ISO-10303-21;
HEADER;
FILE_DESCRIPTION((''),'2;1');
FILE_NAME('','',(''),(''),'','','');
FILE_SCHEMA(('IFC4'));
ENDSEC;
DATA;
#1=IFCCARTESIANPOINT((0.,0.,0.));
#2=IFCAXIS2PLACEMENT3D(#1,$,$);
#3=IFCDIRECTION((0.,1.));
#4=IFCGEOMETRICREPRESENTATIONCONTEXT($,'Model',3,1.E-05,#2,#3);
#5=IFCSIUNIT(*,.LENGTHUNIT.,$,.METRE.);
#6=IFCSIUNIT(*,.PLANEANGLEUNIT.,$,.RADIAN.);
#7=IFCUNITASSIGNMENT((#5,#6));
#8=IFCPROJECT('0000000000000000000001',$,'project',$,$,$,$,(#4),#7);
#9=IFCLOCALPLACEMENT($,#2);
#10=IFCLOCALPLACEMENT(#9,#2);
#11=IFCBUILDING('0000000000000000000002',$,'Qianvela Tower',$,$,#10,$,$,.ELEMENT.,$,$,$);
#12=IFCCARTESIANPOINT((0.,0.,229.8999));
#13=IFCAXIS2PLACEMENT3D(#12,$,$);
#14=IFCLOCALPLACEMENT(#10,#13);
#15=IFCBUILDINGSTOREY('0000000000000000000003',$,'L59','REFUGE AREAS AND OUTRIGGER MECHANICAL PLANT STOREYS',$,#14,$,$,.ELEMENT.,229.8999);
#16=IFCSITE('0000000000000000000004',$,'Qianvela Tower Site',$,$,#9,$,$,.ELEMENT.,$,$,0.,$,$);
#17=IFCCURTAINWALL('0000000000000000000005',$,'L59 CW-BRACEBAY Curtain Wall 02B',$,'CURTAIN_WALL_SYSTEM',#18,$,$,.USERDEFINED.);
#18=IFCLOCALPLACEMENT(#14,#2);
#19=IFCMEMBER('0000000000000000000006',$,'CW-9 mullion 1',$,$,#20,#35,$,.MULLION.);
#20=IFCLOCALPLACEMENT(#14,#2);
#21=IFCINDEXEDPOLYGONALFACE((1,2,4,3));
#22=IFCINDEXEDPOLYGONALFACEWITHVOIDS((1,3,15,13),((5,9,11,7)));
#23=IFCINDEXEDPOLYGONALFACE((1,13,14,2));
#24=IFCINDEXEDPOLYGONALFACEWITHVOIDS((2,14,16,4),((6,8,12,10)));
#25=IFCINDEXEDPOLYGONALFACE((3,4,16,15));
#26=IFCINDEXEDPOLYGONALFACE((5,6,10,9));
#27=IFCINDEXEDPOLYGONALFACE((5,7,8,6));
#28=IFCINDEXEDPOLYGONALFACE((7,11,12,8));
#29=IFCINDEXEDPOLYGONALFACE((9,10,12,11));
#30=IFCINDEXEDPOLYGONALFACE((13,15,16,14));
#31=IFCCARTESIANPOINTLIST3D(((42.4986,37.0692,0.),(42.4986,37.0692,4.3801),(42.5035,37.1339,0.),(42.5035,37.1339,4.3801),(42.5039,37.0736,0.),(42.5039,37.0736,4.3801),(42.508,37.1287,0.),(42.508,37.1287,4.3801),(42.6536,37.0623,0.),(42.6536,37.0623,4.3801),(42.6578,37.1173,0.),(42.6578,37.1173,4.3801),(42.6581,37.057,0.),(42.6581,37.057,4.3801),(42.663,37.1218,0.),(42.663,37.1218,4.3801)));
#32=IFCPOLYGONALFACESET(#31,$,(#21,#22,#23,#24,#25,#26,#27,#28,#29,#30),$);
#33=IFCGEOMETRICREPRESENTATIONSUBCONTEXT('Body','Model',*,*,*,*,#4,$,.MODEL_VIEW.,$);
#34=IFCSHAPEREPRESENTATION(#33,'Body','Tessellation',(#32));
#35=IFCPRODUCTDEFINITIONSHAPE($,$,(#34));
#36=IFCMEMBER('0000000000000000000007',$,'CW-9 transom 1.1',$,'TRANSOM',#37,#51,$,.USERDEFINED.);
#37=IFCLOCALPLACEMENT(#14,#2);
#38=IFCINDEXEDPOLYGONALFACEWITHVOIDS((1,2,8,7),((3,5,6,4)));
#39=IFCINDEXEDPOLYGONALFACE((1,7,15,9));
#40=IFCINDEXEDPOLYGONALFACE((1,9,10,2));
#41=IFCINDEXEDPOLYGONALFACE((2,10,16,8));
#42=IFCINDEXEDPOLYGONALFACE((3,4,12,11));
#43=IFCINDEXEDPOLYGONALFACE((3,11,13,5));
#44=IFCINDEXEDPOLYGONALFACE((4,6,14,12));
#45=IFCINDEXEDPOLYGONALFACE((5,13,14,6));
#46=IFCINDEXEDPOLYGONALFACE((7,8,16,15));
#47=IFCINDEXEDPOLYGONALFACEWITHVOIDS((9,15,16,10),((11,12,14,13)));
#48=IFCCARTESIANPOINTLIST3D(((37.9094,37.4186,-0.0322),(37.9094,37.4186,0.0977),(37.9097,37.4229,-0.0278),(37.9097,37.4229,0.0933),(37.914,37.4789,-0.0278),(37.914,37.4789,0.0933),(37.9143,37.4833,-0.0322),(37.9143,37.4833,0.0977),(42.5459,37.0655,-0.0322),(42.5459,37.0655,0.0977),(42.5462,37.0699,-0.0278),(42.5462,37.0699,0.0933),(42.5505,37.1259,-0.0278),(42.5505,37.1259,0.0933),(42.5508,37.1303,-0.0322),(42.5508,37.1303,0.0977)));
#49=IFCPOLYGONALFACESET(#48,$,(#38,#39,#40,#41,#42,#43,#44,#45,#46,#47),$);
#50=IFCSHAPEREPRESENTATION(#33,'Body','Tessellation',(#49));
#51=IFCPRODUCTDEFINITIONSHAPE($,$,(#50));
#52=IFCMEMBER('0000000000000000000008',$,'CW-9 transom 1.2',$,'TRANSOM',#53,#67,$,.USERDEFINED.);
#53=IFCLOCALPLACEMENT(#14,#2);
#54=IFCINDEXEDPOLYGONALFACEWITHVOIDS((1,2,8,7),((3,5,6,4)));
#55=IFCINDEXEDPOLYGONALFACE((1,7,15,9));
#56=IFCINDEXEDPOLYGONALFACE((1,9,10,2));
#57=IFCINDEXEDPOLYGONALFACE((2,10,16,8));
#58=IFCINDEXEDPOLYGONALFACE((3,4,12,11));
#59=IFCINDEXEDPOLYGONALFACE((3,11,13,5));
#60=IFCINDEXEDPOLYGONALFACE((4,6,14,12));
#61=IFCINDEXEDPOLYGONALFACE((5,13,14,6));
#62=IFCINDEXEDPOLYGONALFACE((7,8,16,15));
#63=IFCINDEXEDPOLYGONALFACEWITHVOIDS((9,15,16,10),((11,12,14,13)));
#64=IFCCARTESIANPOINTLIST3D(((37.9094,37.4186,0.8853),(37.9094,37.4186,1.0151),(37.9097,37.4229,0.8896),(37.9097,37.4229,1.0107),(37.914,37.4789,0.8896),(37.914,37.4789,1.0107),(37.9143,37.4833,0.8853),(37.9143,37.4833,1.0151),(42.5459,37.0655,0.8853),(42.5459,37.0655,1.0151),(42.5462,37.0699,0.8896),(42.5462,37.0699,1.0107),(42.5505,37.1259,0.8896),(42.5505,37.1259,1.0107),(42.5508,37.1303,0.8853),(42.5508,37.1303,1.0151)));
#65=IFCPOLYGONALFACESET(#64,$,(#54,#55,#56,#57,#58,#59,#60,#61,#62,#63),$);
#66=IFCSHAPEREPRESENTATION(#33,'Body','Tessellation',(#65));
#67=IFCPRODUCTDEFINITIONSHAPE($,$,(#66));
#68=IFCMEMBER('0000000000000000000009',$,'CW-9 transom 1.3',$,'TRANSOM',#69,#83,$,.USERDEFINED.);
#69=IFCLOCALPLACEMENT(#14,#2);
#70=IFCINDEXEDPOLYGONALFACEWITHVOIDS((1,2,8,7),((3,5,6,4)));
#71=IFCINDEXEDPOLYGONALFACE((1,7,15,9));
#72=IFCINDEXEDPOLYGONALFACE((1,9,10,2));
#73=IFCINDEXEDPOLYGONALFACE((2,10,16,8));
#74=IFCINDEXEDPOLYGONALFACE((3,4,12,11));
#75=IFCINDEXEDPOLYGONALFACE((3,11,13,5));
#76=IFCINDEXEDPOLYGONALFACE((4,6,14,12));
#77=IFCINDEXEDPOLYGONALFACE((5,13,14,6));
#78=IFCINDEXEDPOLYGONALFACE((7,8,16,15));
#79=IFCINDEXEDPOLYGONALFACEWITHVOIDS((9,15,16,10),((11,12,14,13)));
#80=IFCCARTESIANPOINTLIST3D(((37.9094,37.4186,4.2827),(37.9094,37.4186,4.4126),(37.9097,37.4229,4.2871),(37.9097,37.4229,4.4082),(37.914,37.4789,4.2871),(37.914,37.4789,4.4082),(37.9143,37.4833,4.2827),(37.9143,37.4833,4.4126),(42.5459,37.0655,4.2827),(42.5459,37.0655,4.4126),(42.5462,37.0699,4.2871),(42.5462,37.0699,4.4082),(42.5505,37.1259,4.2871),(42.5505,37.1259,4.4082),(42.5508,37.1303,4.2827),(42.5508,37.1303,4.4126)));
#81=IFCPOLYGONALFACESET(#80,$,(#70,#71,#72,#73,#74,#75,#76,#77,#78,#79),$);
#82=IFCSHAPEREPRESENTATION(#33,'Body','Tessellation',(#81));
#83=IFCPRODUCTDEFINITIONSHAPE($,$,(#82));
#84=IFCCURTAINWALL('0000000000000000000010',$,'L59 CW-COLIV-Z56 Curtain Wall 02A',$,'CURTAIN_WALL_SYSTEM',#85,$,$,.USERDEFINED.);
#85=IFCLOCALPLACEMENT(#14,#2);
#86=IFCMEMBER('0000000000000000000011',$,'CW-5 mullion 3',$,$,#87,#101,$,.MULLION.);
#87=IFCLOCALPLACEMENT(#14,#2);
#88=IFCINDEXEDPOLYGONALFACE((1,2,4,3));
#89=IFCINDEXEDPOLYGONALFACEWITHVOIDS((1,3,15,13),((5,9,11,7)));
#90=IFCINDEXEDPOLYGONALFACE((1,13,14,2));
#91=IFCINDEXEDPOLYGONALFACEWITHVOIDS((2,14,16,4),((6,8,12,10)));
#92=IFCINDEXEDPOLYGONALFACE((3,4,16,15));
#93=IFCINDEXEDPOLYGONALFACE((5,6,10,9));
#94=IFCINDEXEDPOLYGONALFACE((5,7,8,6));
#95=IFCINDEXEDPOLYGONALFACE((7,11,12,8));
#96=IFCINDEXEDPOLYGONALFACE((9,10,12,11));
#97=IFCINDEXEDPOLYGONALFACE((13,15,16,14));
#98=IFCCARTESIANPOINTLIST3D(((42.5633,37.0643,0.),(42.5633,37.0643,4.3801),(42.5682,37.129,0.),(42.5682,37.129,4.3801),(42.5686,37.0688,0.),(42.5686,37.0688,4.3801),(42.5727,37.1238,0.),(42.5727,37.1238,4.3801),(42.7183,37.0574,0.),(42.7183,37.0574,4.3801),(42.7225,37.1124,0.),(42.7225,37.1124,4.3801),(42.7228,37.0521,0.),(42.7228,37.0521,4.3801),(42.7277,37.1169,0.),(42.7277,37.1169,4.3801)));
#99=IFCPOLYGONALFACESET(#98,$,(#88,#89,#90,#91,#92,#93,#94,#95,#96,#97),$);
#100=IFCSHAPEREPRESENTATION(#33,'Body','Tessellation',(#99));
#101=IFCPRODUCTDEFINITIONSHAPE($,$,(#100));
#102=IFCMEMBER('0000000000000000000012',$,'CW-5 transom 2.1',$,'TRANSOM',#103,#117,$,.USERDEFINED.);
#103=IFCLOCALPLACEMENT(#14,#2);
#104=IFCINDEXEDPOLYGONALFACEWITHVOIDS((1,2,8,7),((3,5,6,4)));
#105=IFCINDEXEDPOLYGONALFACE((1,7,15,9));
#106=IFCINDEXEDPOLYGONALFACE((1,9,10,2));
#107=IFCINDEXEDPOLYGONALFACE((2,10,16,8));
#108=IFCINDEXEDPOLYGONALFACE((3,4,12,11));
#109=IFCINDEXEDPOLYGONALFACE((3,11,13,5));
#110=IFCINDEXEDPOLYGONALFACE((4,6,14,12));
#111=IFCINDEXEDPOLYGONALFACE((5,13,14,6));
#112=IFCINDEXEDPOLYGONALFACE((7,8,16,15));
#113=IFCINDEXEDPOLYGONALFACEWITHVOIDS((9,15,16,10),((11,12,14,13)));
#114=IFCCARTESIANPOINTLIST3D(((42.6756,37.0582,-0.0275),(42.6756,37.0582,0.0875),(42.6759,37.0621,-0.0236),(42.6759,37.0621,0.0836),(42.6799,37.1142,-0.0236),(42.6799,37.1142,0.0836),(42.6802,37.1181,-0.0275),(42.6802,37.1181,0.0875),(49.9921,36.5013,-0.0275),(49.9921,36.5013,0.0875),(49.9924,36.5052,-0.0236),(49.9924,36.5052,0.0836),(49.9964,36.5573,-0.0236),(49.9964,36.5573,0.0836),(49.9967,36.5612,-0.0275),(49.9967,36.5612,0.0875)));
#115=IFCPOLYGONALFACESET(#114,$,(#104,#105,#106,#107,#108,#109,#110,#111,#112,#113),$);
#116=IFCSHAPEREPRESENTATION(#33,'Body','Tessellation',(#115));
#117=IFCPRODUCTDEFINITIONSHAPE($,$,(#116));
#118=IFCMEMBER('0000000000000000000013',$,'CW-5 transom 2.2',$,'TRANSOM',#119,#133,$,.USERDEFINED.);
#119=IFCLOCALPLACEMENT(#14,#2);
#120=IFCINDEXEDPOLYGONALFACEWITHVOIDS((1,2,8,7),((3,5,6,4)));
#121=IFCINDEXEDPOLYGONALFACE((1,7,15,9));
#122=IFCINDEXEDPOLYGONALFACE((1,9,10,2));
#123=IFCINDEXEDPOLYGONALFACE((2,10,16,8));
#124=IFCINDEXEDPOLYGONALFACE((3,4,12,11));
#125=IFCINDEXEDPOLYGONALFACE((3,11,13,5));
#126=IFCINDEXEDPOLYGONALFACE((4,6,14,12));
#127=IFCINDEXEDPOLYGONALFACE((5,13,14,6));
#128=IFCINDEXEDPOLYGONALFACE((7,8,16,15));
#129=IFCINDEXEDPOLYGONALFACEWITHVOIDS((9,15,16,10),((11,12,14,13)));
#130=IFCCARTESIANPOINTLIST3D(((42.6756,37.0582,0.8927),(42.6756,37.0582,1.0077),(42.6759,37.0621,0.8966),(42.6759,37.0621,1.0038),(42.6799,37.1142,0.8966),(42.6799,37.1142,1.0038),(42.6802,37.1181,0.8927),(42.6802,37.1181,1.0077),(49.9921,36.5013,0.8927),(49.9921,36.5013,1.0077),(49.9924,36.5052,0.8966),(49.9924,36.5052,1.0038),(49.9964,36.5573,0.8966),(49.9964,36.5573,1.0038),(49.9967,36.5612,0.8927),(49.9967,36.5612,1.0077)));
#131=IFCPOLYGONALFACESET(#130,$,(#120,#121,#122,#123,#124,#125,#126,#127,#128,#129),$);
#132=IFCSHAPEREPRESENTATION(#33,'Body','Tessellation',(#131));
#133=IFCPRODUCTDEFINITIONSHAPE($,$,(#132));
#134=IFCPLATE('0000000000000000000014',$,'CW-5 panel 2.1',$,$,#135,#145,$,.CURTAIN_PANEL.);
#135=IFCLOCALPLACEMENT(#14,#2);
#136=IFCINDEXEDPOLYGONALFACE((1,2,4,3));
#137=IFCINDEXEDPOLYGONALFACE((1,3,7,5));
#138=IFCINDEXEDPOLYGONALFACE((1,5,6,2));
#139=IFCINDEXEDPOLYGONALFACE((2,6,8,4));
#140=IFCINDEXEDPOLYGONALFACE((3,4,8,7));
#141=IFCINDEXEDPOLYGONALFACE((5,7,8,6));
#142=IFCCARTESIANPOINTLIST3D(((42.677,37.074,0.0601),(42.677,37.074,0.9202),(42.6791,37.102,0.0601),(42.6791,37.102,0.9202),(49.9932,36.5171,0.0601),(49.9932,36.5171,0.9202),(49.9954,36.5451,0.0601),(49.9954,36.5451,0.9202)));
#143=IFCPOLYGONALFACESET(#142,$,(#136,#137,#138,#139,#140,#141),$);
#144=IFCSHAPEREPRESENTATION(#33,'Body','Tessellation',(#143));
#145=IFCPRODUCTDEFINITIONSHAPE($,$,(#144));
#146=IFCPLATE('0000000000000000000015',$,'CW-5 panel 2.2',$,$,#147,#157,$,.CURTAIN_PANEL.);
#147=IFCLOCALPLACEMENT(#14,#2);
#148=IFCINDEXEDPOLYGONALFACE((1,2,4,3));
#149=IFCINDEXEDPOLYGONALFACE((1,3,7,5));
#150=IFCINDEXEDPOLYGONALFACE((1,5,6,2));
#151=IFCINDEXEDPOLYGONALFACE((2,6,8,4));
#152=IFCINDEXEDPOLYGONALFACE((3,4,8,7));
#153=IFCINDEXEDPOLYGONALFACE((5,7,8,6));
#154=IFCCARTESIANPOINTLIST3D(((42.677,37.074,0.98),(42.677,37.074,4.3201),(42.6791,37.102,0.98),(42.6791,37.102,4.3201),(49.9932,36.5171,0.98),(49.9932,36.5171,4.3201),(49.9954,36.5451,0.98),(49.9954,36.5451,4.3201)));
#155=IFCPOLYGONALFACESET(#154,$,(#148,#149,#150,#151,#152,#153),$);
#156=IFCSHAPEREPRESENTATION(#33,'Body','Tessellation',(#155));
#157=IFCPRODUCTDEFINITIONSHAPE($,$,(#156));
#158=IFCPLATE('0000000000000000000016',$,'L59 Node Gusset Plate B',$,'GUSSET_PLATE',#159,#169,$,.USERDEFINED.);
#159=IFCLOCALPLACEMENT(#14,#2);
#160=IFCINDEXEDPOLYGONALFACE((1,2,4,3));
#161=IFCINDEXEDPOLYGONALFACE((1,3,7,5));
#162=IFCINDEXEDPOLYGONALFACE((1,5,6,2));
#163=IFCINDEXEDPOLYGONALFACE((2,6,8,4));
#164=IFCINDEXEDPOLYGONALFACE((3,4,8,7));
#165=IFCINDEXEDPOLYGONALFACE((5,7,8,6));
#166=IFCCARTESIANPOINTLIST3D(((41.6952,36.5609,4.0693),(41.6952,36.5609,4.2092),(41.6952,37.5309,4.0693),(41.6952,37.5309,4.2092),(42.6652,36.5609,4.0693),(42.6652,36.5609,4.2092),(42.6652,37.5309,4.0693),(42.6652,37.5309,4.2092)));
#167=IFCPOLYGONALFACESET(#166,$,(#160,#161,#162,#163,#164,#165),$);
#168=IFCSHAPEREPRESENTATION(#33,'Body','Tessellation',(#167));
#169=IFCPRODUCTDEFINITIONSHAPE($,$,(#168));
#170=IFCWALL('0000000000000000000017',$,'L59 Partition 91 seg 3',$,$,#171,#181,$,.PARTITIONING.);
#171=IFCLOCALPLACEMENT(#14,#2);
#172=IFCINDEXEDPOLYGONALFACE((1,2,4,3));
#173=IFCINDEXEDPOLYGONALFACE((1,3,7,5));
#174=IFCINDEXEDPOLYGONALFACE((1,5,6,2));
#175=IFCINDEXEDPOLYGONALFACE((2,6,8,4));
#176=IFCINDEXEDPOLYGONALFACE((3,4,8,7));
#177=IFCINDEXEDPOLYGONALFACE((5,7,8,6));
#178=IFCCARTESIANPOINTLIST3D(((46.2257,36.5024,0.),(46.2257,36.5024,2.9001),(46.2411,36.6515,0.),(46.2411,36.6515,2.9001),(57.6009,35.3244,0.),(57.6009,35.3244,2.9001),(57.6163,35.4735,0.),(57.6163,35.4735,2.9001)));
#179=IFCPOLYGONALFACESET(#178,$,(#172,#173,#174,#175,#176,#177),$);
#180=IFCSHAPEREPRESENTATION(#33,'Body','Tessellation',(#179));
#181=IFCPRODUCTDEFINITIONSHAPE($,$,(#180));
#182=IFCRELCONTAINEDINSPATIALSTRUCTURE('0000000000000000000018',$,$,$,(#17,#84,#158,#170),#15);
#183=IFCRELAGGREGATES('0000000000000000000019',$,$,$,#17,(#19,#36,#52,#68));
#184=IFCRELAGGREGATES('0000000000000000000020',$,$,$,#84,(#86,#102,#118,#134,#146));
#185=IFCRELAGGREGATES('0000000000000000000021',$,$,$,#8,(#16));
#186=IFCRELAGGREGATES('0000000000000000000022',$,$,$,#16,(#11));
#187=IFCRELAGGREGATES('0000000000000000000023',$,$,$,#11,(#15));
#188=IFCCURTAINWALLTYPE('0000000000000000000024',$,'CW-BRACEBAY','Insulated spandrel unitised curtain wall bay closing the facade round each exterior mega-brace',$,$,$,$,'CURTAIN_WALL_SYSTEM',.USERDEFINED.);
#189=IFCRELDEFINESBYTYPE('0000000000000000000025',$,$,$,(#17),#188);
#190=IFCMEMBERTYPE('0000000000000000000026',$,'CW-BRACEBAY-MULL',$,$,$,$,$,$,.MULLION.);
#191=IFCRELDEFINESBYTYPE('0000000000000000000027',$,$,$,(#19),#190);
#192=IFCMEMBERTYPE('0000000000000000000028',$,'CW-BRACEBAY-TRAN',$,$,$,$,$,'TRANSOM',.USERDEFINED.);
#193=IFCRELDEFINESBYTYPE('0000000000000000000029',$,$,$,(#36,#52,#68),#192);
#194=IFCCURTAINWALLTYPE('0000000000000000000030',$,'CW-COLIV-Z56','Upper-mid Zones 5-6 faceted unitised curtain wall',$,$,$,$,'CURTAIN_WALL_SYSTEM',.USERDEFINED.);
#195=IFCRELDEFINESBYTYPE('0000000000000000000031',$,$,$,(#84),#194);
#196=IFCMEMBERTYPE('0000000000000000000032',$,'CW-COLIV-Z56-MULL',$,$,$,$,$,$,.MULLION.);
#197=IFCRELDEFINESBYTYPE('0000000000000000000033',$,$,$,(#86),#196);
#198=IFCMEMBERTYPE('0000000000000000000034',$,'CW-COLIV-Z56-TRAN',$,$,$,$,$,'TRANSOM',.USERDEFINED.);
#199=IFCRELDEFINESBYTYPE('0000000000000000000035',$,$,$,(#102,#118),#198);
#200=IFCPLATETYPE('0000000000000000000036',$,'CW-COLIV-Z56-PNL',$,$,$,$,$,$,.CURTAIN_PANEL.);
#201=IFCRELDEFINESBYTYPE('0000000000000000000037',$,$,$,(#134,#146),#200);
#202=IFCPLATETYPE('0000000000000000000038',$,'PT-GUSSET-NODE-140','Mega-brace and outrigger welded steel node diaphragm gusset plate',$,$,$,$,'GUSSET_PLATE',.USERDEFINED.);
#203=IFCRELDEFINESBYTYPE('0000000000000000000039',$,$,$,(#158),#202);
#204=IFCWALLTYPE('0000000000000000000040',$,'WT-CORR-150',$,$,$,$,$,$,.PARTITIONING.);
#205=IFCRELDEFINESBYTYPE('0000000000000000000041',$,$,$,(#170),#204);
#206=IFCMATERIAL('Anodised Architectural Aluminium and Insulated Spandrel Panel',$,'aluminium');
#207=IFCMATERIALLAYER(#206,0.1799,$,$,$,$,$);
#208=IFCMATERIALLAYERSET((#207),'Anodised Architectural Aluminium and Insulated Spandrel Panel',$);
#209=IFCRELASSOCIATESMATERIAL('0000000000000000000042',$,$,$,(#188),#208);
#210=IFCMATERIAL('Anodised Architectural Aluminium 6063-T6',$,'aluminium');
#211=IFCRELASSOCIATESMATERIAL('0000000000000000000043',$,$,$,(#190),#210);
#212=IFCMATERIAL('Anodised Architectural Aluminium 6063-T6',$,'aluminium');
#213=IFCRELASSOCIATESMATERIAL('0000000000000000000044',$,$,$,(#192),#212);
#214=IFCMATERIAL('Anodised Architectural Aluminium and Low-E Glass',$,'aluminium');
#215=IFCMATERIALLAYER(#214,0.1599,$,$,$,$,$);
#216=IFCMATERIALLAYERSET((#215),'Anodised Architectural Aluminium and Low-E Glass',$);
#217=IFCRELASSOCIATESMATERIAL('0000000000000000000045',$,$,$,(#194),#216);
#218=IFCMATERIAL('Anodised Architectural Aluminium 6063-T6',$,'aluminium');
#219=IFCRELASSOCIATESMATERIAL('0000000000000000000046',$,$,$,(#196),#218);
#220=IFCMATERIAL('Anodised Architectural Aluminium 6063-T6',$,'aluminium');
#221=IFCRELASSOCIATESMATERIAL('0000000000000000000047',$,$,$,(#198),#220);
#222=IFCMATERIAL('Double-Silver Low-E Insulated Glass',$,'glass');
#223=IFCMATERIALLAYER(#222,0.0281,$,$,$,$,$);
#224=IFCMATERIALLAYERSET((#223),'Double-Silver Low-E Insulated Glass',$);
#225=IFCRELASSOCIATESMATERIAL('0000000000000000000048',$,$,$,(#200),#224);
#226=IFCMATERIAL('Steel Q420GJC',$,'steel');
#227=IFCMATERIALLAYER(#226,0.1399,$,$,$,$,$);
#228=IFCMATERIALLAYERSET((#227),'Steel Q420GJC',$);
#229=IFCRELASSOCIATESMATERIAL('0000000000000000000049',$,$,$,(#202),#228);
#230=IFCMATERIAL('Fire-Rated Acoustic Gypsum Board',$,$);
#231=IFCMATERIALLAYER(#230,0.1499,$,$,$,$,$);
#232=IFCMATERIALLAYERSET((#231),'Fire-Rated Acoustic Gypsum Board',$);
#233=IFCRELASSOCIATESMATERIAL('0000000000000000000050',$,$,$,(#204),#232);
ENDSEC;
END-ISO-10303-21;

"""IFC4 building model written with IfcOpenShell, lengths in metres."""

from ifc_helpers import new_model, si_unit, direction, frame, frame_2d, origin, origin_2d, place, context, subcontext, project, spatial, rectangle, hollow_rectangle, extrude, material, layer, layer_set, material_profile, profile_set, type_object, element, aggregate, save


model = new_model("IFC4")

# Units and contexts
model_context = context("Model", 3, precision=1e-05, world=origin(), true_north=direction((0.0, 1.0)))
body_context = subcontext(model_context, "Body", "Model", "MODEL_VIEW")
ifc_project = project(units=[si_unit("LENGTHUNIT", "METRE"), si_unit("PLANEANGLEUNIT", "RADIAN")], contexts=[model_context])

# Site, building, storey
site_placement = place(None, origin())
site = spatial("IfcSite", under=ifc_project, at=site_placement, Name="Qianvela Tower Site", CompositionType="ELEMENT", RefElevation=0.0)
building_placement = place(site_placement, origin())
building = spatial("IfcBuilding", under=site, at=building_placement, Name="Qianvela Tower", CompositionType="ELEMENT")
storey_placement = place(building_placement, frame((0.0, 0.0, 229.8999)))
storey = spatial("IfcBuildingStorey", under=building, at=storey_placement, Name="L59", Description="REFUGE AREAS AND OUTRIGGER MECHANICAL PLANT STOREYS", CompositionType="ELEMENT", Elevation=229.8999)

# Curtain wall, members
ifc_material_1 = material(Name="Anodised Architectural Aluminium and Insulated Spandrel Panel", Category="aluminium")
ifc_layer_1 = layer(ifc_material_1, 0.1799)
ifc_layer_set_1 = layer_set([ifc_layer_1], Name="Anodised Architectural Aluminium and Insulated Spandrel Panel")
curtain_wall_type_1 = type_object("IfcCurtainWallType", Name="CW-BRACEBAY", Description="Insulated spandrel unitised curtain wall bay closing the facade round each exterior mega-brace", ElementType="CURTAIN_WALL_SYSTEM", PredefinedType="USERDEFINED", material=ifc_layer_set_1)
curtain_wall_1_placement = place(storey_placement, origin())
curtain_wall_1 = element("IfcCurtainWall", 1, at=curtain_wall_1_placement, inside=storey, type_object=curtain_wall_type_1, Name="L59 CW-BRACEBAY Curtain Wall 02B", ObjectType="CURTAIN_WALL_SYSTEM", PredefinedType="USERDEFINED")
ifc_material_2 = material(Name="Anodised Architectural Aluminium 6063-T6", Category="aluminium")
ifc_material_profile_1 = material_profile(ifc_material_2, hollow_rectangle(XDim=0.0649, YDim=0.1599, WallThickness=0.0049, at=origin_2d()), Name="ALU-MULL-65x160")
ifc_profile_set_1 = profile_set([ifc_material_profile_1], Name="Anodised Architectural Aluminium 6063-T6")
member_type_1 = type_object("IfcMemberType", Name="CW-BRACEBAY-MULL", PredefinedType="MULLION", material=ifc_profile_set_1)
member_1_placement = place(storey_placement, frame((42.5808, 37.0955, 0.0), z_axis=(0.0, 0.0, 1.0), x_axis=(-0.0759, -0.997115, 0.0)))
member_1 = element("IfcMember", 2, at=member_1_placement, type_object=member_type_1, Name="CW-9 mullion 1", PredefinedType="MULLION", context=body_context, shape_type="SweptSolid", body=[
    extrude(hollow_rectangle(XDim=0.0649, YDim=0.1599, WallThickness=0.0049, at=origin_2d()), origin(), (0.0, 0.0, 1.0), 4.3801),
])
ifc_material_3 = material(Name="Anodised Architectural Aluminium 6063-T6", Category="aluminium")
ifc_material_profile_2 = material_profile(ifc_material_3, hollow_rectangle(XDim=0.0649, YDim=0.1299, WallThickness=0.0044, at=origin_2d()), Name="ALU-TRAN-65x130")
ifc_profile_set_2 = profile_set([ifc_material_profile_2], Name="Anodised Architectural Aluminium 6063-T6")
member_type_2 = type_object("IfcMemberType", Name="CW-BRACEBAY-TRAN", ElementType="TRANSOM", PredefinedType="USERDEFINED", material=ifc_profile_set_2)
member_2_placement = place(storey_placement, frame((42.5483, 37.0979, 0.0327), z_axis=(-0.997114, 0.075922, 0.0), x_axis=(-0.075922, -0.997114, 0.0)))
member_2 = element("IfcMember", 3, at=member_2_placement, type_object=member_type_2, Name="CW-9 transom 1.1", ObjectType="TRANSOM", PredefinedType="USERDEFINED", context=body_context, shape_type="SweptSolid", body=[
    extrude(hollow_rectangle(XDim=0.0649, YDim=0.1299, WallThickness=0.0044, at=origin_2d()), origin(), (0.0, 0.0, 1.0), 4.6499),
])
member_3_placement = place(storey_placement, frame((42.5483, 37.0979, 0.9502), z_axis=(-0.997114, 0.075922, 0.0), x_axis=(-0.075922, -0.997114, 0.0)))
member_3 = element("IfcMember", 4, at=member_3_placement, type_object=member_type_2, Name="CW-9 transom 1.2", ObjectType="TRANSOM", PredefinedType="USERDEFINED", context=body_context, shape_type="SweptSolid", body=[
    extrude(hollow_rectangle(XDim=0.0649, YDim=0.1299, WallThickness=0.0044, at=origin_2d()), origin(), (0.0, 0.0, 1.0), 4.6499),
])
member_4_placement = place(storey_placement, frame((42.5483, 37.0979, 4.3477), z_axis=(-0.997114, 0.075922, 0.0), x_axis=(-0.075922, -0.997114, 0.0)))
member_4 = element("IfcMember", 5, at=member_4_placement, type_object=member_type_2, Name="CW-9 transom 1.3", ObjectType="TRANSOM", PredefinedType="USERDEFINED", context=body_context, shape_type="SweptSolid", body=[
    extrude(hollow_rectangle(XDim=0.0649, YDim=0.1299, WallThickness=0.0044, at=origin_2d()), origin(), (0.0, 0.0, 1.0), 4.6499),
])
aggregate(curtain_wall_1, [member_1, member_2, member_3, member_4])

# Curtain wall, members, plates
ifc_material_4 = material(Name="Anodised Architectural Aluminium and Low-E Glass", Category="aluminium")
ifc_layer_2 = layer(ifc_material_4, 0.1599)
ifc_layer_set_2 = layer_set([ifc_layer_2], Name="Anodised Architectural Aluminium and Low-E Glass")
curtain_wall_type_2 = type_object("IfcCurtainWallType", Name="CW-COLIV-Z56", Description="Upper-mid Zones 5-6 faceted unitised curtain wall", ElementType="CURTAIN_WALL_SYSTEM", PredefinedType="USERDEFINED", material=ifc_layer_set_2)
curtain_wall_2_placement = place(storey_placement, origin())
curtain_wall_2 = element("IfcCurtainWall", 6, at=curtain_wall_2_placement, inside=storey, type_object=curtain_wall_type_2, Name="L59 CW-COLIV-Z56 Curtain Wall 02A", ObjectType="CURTAIN_WALL_SYSTEM", PredefinedType="USERDEFINED")
ifc_material_5 = material(Name="Anodised Architectural Aluminium 6063-T6", Category="aluminium")
ifc_material_profile_3 = material_profile(ifc_material_5, hollow_rectangle(XDim=0.0649, YDim=0.1599, WallThickness=0.0049, at=origin_2d()), Name="ALU-MULL-65x160")
ifc_profile_set_3 = profile_set([ifc_material_profile_3], Name="Anodised Architectural Aluminium 6063-T6")
member_type_3 = type_object("IfcMemberType", Name="CW-COLIV-Z56-MULL", PredefinedType="MULLION", material=ifc_profile_set_3)
member_5_placement = place(storey_placement, frame((42.6455, 37.0906, 0.0), z_axis=(0.0, 0.0, 1.0), x_axis=(-0.075898, -0.997116, 0.0)))
member_5 = element("IfcMember", 7, at=member_5_placement, type_object=member_type_3, Name="CW-5 mullion 3", PredefinedType="MULLION", context=body_context, shape_type="SweptSolid", body=[
    extrude(hollow_rectangle(XDim=0.0649, YDim=0.1599, WallThickness=0.0049, at=origin_2d()), origin(), (0.0, 0.0, 1.0), 4.3801),
])
ifc_material_6 = material(Name="Anodised Architectural Aluminium 6063-T6", Category="aluminium")
ifc_material_profile_4 = material_profile(ifc_material_6, hollow_rectangle(XDim=0.0601, YDim=0.115, WallThickness=0.0039, at=origin_2d()), Name="ALU-TRAN-60x115")
ifc_profile_set_4 = profile_set([ifc_material_profile_4], Name="Anodised Architectural Aluminium 6063-T6")
member_type_4 = type_object("IfcMemberType", Name="CW-COLIV-Z56-TRAN", ElementType="TRANSOM", PredefinedType="USERDEFINED", material=ifc_profile_set_4)
member_6_placement = place(storey_placement, frame((49.9944, 36.5312, 0.03), z_axis=(-0.997116, 0.075895, 0.0), x_axis=(-0.075895, -0.997116, 0.0)))
member_6 = element("IfcMember", 8, at=member_6_placement, type_object=member_type_4, Name="CW-5 transom 2.1", ObjectType="TRANSOM", PredefinedType="USERDEFINED", context=body_context, shape_type="SweptSolid", body=[
    extrude(hollow_rectangle(XDim=0.0601, YDim=0.115, WallThickness=0.0039, at=origin_2d()), origin(), (0.0, 0.0, 1.0), 7.3376),
])
member_7_placement = place(storey_placement, frame((49.9944, 36.5312, 0.9502), z_axis=(-0.997116, 0.075895, 0.0), x_axis=(-0.075895, -0.997116, 0.0)))
member_7 = element("IfcMember", 9, at=member_7_placement, type_object=member_type_4, Name="CW-5 transom 2.2", ObjectType="TRANSOM", PredefinedType="USERDEFINED", context=body_context, shape_type="SweptSolid", body=[
    extrude(hollow_rectangle(XDim=0.0601, YDim=0.115, WallThickness=0.0039, at=origin_2d()), origin(), (0.0, 0.0, 1.0), 7.3376),
])
ifc_material_7 = material(Name="Double-Silver Low-E Insulated Glass", Category="glass")
ifc_layer_3 = layer(ifc_material_7, 0.0281)
ifc_layer_set_3 = layer_set([ifc_layer_3], Name="Double-Silver Low-E Insulated Glass")
plate_type_1 = type_object("IfcPlateType", Name="CW-COLIV-Z56-PNL", PredefinedType="CURTAIN_PANEL", material=ifc_layer_set_3)
plate_1_placement = place(storey_placement, frame((46.3362, 36.8096, 0.0601), z_axis=(0.0, 0.0, 1.0), x_axis=(-0.997116, 0.075898, 0.0)))
plate_1 = element("IfcPlate", 10, at=plate_1_placement, type_object=plate_type_1, Name="CW-5 panel 2.1", PredefinedType="CURTAIN_PANEL", context=body_context, shape_type="SweptSolid", body=[
    extrude(rectangle(XDim=7.3374, YDim=0.0281, at=origin_2d()), origin(), (0.0, 0.0, 1.0), 0.8601),
])
plate_2_placement = place(storey_placement, frame((46.3362, 36.8096, 0.98), z_axis=(0.0, 0.0, 1.0), x_axis=(-0.997116, 0.075898, 0.0)))
plate_2 = element("IfcPlate", 11, at=plate_2_placement, type_object=plate_type_1, Name="CW-5 panel 2.2", PredefinedType="CURTAIN_PANEL", context=body_context, shape_type="SweptSolid", body=[
    extrude(rectangle(XDim=7.3374, YDim=0.0281, at=origin_2d()), origin(), (0.0, 0.0, 1.0), 3.3401),
])
aggregate(curtain_wall_2, [member_5, member_6, member_7, plate_1, plate_2])

# Plate
ifc_material_8 = material(Name="Steel Q420GJC", Category="steel")
ifc_layer_4 = layer(ifc_material_8, 0.1399)
ifc_layer_set_4 = layer_set([ifc_layer_4], Name="Steel Q420GJC")
plate_type_2 = type_object("IfcPlateType", Name="PT-GUSSET-NODE-140", Description="Mega-brace and outrigger welded steel node diaphragm gusset plate", ElementType="GUSSET_PLATE", PredefinedType="USERDEFINED", material=ifc_layer_set_4)
plate_3_placement = place(storey_placement, frame((42.1802, 37.0459, 4.0693), z_axis=(0.0, 0.0, 1.0), x_axis=(1.0, 0.0, 0.0)))
element("IfcPlate", 12, at=plate_3_placement, inside=storey, type_object=plate_type_2, Name="L59 Node Gusset Plate B", ObjectType="GUSSET_PLATE", PredefinedType="USERDEFINED", context=body_context, shape_type="SweptSolid", body=[
    extrude(rectangle(XDim=0.97, YDim=0.97, at=origin_2d()), origin(), (0.0, 0.0, 1.0), 0.1399),
])

# Wall
ifc_material_9 = material(Name="Fire-Rated Acoustic Gypsum Board")
ifc_layer_5 = layer(ifc_material_9, 0.1499)
ifc_layer_set_5 = layer_set([ifc_layer_5], Name="Fire-Rated Acoustic Gypsum Board")
wall_type_1 = type_object("IfcWallType", Name="WT-CORR-150", PredefinedType="PARTITIONING", material=ifc_layer_set_5)
wall_1_placement = place(storey_placement, frame((46.2334, 36.5769, 0.0), z_axis=(0.0, 0.0, 1.0), x_axis=(0.994681, -0.103005, 0.0)))
element("IfcWall", 13, at=wall_1_placement, inside=storey, type_object=wall_type_1, Name="L59 Partition 91 seg 3", PredefinedType="PARTITIONING", context=body_context, shape_type="SweptSolid", body=[
    extrude(rectangle(XDim=11.436, YDim=0.1499, at=frame_2d((5.718, 0.0))), origin(), (0.0, 0.0, 1.0), 2.9001),
])

save(model, "model.ifc")
